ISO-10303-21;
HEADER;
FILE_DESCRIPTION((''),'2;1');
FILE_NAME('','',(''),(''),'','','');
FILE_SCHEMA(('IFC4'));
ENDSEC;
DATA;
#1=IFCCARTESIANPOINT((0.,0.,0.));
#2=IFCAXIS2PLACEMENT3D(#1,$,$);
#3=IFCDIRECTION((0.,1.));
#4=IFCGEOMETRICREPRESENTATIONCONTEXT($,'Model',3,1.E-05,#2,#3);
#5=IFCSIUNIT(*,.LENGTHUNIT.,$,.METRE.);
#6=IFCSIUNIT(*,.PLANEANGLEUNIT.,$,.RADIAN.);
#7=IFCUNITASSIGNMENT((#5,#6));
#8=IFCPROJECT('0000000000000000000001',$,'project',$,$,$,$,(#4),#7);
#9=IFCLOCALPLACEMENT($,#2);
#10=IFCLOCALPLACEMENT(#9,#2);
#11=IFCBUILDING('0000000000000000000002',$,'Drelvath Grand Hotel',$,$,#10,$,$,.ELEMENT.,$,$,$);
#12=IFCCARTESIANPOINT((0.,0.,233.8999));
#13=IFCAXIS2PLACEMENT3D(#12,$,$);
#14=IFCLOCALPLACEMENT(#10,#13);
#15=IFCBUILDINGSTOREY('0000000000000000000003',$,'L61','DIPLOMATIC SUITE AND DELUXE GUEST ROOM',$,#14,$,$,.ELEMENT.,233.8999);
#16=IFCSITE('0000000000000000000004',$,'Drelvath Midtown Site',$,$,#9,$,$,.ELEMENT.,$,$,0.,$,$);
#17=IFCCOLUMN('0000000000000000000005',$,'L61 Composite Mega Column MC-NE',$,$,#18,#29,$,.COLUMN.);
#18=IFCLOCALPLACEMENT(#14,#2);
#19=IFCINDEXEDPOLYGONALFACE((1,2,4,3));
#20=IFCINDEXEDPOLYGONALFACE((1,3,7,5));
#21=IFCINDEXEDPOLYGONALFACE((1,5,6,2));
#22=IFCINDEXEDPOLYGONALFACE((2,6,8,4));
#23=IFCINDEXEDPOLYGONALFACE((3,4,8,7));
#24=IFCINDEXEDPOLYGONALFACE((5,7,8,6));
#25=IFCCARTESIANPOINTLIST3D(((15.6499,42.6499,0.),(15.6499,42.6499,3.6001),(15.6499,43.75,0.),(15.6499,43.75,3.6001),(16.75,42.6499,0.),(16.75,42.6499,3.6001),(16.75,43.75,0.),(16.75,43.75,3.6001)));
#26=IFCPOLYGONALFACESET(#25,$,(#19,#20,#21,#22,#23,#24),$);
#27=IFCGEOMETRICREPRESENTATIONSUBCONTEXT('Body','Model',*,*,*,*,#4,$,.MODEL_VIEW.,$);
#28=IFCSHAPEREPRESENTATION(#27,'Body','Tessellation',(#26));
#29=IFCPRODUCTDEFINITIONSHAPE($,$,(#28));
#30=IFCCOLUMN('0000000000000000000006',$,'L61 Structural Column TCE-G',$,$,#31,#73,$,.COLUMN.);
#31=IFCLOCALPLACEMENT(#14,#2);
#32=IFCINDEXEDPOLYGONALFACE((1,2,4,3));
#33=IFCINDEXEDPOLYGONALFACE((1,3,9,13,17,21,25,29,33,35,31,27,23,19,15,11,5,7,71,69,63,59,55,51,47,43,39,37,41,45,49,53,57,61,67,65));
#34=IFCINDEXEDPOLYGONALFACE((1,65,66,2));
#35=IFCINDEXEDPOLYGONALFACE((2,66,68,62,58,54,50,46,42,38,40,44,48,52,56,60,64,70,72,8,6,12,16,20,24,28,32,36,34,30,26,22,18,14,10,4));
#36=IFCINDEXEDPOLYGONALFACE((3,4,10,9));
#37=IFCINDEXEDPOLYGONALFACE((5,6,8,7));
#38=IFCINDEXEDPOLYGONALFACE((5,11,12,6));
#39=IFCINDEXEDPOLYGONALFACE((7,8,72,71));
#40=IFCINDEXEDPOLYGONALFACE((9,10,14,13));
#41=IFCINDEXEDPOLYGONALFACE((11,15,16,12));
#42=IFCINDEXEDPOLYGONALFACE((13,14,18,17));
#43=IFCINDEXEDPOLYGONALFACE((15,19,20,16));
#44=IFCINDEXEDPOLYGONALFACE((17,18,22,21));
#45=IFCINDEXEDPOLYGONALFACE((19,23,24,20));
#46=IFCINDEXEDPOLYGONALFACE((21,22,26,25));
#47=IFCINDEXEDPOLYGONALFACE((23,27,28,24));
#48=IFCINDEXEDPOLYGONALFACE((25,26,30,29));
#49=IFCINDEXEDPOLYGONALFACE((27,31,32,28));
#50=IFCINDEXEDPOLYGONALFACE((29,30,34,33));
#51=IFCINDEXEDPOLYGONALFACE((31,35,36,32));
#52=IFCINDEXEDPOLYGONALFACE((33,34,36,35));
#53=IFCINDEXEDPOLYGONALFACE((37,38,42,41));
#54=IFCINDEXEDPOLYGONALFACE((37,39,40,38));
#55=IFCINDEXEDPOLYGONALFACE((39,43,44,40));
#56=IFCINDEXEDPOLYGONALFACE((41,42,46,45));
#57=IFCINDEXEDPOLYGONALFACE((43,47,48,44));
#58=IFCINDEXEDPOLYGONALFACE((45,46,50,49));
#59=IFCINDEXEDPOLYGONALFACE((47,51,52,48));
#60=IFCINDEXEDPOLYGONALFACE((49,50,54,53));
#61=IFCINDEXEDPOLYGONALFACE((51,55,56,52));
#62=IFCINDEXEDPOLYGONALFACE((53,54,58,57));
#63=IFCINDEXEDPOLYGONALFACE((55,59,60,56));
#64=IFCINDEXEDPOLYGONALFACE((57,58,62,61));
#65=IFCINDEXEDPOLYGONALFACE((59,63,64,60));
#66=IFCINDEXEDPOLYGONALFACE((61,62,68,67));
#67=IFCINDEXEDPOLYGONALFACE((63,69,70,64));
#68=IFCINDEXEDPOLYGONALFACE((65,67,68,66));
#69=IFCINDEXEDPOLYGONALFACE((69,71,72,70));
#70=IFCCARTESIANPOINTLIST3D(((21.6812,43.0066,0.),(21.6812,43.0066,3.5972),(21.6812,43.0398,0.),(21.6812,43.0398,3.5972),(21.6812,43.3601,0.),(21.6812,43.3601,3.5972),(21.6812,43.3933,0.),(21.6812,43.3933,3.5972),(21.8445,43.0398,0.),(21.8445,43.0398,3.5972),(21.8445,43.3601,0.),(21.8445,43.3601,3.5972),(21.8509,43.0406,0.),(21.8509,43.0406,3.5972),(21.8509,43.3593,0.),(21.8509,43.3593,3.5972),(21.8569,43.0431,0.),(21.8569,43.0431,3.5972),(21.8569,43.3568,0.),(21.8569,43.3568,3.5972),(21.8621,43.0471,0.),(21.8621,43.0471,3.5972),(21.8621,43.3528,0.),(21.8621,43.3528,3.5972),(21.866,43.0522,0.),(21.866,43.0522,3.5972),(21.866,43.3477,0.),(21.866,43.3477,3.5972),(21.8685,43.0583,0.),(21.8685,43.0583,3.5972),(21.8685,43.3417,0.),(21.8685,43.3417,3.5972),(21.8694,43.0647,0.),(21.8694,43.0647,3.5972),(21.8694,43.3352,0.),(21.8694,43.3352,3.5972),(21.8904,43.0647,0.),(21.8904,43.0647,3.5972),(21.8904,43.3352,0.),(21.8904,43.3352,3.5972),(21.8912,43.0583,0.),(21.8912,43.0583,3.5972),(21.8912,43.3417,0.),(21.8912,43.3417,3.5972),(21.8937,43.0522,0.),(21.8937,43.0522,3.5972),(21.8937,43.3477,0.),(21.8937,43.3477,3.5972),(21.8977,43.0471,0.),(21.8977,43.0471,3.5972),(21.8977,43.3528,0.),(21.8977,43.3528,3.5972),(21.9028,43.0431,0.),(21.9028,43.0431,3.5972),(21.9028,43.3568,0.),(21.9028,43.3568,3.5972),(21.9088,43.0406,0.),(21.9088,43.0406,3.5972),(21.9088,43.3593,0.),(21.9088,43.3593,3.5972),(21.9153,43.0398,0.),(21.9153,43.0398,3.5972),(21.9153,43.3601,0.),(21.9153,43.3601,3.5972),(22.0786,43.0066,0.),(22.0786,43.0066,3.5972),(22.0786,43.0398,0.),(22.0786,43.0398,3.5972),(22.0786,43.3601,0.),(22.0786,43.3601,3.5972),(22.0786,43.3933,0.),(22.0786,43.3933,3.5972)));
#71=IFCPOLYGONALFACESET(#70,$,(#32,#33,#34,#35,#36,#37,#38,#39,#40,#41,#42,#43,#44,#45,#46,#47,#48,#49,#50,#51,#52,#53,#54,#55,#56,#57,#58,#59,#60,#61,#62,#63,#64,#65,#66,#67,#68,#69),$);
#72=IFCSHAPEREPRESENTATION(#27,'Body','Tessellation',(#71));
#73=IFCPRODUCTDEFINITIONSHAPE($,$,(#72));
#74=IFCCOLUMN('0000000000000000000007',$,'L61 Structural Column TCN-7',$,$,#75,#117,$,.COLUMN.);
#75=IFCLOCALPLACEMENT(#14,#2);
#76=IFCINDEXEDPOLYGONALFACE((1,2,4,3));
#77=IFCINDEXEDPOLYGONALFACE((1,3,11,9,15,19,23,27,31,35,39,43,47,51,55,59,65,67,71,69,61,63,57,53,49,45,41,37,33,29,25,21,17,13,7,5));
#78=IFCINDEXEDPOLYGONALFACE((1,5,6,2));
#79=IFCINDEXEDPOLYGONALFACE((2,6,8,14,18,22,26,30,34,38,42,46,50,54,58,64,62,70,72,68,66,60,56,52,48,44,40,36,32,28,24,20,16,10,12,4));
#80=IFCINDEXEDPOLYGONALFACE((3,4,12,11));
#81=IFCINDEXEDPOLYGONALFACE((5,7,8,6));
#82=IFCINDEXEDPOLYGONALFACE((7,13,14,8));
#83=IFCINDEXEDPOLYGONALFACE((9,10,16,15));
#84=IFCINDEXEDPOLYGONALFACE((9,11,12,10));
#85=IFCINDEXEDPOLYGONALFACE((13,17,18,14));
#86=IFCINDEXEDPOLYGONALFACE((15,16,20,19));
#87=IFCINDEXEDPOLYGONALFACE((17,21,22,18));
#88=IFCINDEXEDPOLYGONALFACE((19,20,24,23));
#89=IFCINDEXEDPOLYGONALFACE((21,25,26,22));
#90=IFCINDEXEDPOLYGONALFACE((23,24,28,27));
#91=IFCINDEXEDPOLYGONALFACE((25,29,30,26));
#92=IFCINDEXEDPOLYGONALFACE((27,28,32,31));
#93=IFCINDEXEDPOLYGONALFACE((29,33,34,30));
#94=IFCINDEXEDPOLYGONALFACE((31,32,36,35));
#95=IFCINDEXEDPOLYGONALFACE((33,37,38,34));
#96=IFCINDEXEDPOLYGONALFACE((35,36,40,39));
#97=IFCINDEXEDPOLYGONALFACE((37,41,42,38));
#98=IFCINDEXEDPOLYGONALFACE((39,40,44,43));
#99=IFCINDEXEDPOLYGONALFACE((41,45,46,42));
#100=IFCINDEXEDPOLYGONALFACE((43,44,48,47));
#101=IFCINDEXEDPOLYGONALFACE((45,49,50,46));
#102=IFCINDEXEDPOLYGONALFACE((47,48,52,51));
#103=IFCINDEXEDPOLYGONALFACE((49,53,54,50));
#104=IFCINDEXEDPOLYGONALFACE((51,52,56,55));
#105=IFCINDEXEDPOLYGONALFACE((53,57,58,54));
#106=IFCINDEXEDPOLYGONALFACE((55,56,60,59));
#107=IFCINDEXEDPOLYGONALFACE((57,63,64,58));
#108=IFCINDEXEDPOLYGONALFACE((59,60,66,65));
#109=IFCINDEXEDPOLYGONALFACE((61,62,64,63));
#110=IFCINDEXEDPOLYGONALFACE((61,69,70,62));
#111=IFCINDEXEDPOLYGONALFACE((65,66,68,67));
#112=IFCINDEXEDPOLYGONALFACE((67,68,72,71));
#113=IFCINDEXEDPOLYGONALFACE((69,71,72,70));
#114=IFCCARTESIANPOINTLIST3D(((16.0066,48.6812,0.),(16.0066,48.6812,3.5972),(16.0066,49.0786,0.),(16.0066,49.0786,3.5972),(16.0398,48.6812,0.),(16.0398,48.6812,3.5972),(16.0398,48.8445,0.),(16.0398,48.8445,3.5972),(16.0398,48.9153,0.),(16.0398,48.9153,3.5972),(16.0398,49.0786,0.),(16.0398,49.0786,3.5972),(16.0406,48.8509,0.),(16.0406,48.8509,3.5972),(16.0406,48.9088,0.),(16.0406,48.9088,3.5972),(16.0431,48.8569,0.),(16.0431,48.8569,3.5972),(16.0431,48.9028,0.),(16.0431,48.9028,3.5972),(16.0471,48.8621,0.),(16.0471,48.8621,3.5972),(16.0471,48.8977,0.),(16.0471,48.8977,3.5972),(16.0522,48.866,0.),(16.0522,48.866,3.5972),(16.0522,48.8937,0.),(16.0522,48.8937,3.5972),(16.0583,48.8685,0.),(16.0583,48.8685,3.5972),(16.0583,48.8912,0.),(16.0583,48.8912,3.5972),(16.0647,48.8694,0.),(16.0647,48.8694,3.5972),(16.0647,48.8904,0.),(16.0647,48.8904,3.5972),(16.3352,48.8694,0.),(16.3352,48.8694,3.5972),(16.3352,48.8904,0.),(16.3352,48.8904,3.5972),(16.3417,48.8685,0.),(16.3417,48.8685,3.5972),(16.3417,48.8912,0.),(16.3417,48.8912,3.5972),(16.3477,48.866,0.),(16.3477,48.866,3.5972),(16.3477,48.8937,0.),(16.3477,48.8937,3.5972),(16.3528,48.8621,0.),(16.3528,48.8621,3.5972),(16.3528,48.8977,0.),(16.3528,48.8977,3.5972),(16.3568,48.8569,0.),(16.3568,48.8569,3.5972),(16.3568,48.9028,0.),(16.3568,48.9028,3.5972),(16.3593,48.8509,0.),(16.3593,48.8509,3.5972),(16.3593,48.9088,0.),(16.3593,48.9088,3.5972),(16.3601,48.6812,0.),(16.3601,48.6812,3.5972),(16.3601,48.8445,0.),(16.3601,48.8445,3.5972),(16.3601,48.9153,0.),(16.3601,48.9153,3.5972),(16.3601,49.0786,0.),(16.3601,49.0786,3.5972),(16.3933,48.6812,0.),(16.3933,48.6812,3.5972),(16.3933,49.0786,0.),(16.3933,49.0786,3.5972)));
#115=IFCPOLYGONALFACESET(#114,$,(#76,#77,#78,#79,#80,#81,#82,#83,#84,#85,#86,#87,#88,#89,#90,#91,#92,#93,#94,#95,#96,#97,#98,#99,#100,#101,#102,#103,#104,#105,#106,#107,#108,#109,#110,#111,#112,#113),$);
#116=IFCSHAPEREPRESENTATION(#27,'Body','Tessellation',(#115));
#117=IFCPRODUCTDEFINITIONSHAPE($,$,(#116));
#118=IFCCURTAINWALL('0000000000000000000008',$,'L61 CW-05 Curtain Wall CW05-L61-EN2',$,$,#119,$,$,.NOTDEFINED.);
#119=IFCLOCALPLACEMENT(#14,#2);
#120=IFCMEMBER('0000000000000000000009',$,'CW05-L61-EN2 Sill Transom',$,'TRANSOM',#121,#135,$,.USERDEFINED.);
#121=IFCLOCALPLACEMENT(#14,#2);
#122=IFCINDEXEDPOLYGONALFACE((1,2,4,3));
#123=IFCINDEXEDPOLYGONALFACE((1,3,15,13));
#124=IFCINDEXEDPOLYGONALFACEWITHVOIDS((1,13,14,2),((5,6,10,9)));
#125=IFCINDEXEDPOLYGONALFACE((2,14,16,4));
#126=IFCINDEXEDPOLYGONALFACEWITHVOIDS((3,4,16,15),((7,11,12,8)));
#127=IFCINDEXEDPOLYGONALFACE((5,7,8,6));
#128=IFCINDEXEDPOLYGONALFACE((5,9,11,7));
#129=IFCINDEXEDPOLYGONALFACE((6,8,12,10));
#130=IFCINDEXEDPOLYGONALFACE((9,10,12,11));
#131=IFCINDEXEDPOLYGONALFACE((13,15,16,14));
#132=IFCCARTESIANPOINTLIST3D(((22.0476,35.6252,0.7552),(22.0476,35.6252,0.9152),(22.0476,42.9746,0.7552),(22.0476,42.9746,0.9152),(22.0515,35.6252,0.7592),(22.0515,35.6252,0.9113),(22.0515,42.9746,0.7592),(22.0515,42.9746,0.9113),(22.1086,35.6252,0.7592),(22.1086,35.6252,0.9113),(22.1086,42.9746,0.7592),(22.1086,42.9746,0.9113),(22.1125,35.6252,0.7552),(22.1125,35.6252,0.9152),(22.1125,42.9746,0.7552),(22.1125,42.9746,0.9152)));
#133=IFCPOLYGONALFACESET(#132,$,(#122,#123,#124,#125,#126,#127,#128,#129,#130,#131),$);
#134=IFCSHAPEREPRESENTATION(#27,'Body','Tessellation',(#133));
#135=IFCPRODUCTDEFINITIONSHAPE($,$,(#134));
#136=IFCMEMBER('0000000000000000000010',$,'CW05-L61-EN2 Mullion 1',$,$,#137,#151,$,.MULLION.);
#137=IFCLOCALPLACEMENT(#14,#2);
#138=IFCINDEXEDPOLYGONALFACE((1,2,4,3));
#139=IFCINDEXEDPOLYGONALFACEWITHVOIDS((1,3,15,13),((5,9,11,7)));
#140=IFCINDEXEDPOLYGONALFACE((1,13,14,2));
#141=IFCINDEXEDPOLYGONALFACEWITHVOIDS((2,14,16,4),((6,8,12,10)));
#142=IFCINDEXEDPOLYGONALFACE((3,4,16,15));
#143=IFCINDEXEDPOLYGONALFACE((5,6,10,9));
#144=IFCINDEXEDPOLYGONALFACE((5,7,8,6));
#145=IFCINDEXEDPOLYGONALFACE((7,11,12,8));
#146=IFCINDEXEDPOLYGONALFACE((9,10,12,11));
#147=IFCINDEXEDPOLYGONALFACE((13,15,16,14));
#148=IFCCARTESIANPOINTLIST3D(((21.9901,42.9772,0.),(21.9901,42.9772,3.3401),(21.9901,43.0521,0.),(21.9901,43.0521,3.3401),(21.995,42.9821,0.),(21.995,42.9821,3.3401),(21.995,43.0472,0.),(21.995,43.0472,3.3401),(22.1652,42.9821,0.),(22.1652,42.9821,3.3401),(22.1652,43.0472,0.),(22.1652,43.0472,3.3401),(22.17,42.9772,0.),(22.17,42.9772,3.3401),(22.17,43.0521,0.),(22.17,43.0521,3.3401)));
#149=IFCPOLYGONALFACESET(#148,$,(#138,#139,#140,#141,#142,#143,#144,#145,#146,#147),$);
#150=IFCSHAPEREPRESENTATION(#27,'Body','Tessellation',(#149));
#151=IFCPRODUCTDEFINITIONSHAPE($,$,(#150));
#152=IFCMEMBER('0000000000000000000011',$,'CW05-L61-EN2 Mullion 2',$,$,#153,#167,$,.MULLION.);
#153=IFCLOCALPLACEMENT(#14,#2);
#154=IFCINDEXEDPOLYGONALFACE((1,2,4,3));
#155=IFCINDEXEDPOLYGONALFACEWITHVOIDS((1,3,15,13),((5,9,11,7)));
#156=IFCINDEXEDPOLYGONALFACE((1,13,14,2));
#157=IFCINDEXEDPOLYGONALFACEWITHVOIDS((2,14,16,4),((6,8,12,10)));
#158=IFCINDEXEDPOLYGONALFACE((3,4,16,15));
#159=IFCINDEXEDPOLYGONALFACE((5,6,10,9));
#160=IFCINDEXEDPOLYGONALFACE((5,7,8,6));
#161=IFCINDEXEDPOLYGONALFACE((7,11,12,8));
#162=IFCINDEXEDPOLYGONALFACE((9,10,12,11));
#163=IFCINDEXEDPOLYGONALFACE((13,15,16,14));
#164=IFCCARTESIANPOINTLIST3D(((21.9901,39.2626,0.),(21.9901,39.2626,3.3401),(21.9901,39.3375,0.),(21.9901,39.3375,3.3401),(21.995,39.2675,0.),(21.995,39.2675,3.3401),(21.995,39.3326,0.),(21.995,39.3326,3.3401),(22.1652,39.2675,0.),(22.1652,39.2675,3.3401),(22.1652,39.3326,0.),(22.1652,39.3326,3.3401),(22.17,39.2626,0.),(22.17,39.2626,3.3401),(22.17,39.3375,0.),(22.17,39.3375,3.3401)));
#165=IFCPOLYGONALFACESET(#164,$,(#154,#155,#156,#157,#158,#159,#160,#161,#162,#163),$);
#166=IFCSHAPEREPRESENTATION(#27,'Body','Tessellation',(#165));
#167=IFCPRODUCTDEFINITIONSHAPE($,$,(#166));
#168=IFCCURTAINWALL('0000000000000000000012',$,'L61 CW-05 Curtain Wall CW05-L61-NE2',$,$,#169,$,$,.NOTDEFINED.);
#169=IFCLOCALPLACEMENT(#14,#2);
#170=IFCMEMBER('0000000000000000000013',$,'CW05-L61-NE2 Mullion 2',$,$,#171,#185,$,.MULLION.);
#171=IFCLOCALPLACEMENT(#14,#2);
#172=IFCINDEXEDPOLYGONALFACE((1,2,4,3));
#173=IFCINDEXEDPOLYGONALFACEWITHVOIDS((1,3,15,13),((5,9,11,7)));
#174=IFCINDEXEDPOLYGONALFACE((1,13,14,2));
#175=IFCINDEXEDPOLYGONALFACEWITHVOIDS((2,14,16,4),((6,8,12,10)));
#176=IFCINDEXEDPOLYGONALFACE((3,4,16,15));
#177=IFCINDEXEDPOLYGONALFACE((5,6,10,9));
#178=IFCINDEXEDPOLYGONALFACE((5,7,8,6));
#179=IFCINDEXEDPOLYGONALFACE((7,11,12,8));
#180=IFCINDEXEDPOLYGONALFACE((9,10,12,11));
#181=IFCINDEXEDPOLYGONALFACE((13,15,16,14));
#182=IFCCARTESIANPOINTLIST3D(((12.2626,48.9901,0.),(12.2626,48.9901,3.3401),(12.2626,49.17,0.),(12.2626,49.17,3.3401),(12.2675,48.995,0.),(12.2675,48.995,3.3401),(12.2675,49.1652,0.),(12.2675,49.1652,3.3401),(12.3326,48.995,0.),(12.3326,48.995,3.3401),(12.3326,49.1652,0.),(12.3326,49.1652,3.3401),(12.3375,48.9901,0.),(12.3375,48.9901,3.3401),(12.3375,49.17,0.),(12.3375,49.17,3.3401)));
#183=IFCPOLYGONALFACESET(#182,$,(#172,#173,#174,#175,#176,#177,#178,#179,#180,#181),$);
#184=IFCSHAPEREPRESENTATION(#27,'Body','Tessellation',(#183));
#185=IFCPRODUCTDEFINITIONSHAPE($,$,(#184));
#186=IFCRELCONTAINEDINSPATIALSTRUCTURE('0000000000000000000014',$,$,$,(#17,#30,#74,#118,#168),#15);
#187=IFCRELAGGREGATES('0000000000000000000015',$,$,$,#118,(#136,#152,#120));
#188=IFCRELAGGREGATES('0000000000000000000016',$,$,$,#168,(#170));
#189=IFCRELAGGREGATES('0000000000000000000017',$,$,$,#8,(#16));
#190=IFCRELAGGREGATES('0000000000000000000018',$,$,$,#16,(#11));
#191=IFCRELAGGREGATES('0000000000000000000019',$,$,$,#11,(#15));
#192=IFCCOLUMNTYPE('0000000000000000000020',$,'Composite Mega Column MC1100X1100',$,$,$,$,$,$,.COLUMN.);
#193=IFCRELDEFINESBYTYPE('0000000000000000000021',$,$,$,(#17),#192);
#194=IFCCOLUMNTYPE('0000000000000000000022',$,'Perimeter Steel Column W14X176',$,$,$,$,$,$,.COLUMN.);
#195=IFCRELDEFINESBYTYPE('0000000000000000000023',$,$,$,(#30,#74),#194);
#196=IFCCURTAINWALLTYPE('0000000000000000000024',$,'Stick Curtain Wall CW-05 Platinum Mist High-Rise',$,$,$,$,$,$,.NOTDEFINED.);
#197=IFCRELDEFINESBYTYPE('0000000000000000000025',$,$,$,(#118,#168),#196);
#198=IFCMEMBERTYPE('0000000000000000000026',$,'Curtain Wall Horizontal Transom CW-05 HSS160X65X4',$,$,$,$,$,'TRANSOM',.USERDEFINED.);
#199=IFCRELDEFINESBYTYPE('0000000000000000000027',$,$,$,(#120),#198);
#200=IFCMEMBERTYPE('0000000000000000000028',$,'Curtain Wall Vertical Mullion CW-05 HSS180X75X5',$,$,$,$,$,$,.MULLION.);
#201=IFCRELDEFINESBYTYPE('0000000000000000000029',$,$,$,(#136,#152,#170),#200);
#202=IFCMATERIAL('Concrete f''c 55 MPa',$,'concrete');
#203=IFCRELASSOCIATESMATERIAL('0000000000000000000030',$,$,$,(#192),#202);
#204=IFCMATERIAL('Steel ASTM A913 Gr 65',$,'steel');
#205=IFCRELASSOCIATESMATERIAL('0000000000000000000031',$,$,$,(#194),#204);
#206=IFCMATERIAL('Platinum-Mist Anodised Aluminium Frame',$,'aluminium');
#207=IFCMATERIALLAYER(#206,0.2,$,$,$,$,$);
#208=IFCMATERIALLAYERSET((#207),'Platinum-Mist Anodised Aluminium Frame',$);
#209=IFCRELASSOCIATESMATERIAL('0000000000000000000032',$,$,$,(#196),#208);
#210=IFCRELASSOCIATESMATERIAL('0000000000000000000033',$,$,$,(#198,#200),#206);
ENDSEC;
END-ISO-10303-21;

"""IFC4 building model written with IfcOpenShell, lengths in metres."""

from ifc_helpers import new_model, si_unit, direction, frame, origin, origin_2d, place, context, subcontext, project, spatial, rectangle, hollow_rectangle, i_section, extrude, material, layer, layer_set, material_profile, profile_set, type_object, element, aggregate, save


model = new_model("IFC4")

# Units and contexts
model_context = context("Model", 3, precision=1e-05, world=origin(), true_north=direction((0.0, 1.0)))
body_context = subcontext(model_context, "Body", "Model", "MODEL_VIEW")
ifc_project = project(units=[si_unit("LENGTHUNIT", "METRE"), si_unit("PLANEANGLEUNIT", "RADIAN")], contexts=[model_context])

# Site, building, storey
site_placement = place(None, origin())
site = spatial("IfcSite", under=ifc_project, at=site_placement, Name="Drelvath Midtown Site", CompositionType="ELEMENT", RefElevation=0.0)
building_placement = place(site_placement, origin())
building = spatial("IfcBuilding", under=site, at=building_placement, Name="Drelvath Grand Hotel", CompositionType="ELEMENT")
storey_placement = place(building_placement, frame((0.0, 0.0, 233.8999)))
storey = spatial("IfcBuildingStorey", under=building, at=storey_placement, Name="L61", Description="DIPLOMATIC SUITE AND DELUXE GUEST ROOM", CompositionType="ELEMENT", Elevation=233.8999)

# Columns
ifc_material_1 = material(Name="Concrete f'c 55 MPa", Category="concrete")
ifc_material_profile_1 = material_profile(ifc_material_1, rectangle(XDim=1.1001, YDim=1.1001, at=origin_2d()), Name="MC1100X1100")
ifc_profile_set_1 = profile_set([ifc_material_profile_1], Name="Concrete f'c 55 MPa")
column_type_1 = type_object("IfcColumnType", Name="Composite Mega Column MC1100X1100", PredefinedType="COLUMN", material=ifc_profile_set_1)
column_placement = place(storey_placement, frame((16.2, 43.2, 0.0), z_axis=(0.0, 0.0, 1.0), x_axis=(1.0, 0.0, 0.0)))
element("IfcColumn", 1, at=column_placement, inside=storey, type_object=column_type_1, Name="L61 Composite Mega Column MC-NE", PredefinedType="COLUMN", context=body_context, shape_type="SweptSolid", body=[
    extrude(rectangle(XDim=1.1001, YDim=1.1001, at=origin_2d()), origin(), (0.0, 0.0, 1.0), 3.6001),
])
ifc_material_2 = material(Name="Steel ASTM A913 Gr 65", Category="steel")
ifc_material_profile_2 = material_profile(ifc_material_2, i_section(OverallWidth=0.3975, OverallDepth=0.3867, WebThickness=0.021, FlangeThickness=0.0332, FilletRadius=0.0249, at=origin_2d()), Name="W14X176")
ifc_profile_set_2 = profile_set([ifc_material_profile_2], Name="Steel ASTM A913 Gr 65")
column_type_2 = type_object("IfcColumnType", Name="Perimeter Steel Column W14X176", PredefinedType="COLUMN", material=ifc_profile_set_2)
for number, where, z_axis, x_axis, name in (
    (2, (21.8799, 43.2, 0.0), (0.0, 0.0, 1.0), (1.0, 0.0, 0.0), "L61 Structural Column TCE-G"),
    (3, (16.2, 48.8799, 0.0), (0.0, 0.0, 1.0), (0.0, 1.0, 0.0), "L61 Structural Column TCN-7"),
):
    element("IfcColumn", number, at=place(storey_placement, frame(where, z_axis=z_axis, x_axis=x_axis)), inside=storey, type_object=column_type_2, Name=name, PredefinedType="COLUMN", context=body_context, shape_type="SweptSolid", body=[
        extrude(i_section(OverallWidth=0.3975, OverallDepth=0.3867, WebThickness=0.021, FlangeThickness=0.0332, FilletRadius=0.0249, at=origin_2d()), origin(), (0.0, 0.0, 1.0), 3.5972),
    ])

# Curtain walls, members
ifc_material_3 = material(Name="Platinum-Mist Anodised Aluminium Frame", Category="aluminium")
ifc_layer_1 = layer(ifc_material_3, 0.2)
ifc_layer_set_1 = layer_set([ifc_layer_1], Name="Platinum-Mist Anodised Aluminium Frame")
curtain_wall_type = type_object("IfcCurtainWallType", Name="Stick Curtain Wall CW-05 Platinum Mist High-Rise", PredefinedType="NOTDEFINED", material=ifc_layer_set_1)
curtain_wall_1_placement = place(storey_placement, origin())
curtain_wall_1 = element("IfcCurtainWall", 4, at=curtain_wall_1_placement, inside=storey, type_object=curtain_wall_type, Name="L61 CW-05 Curtain Wall CW05-L61-EN2", PredefinedType="NOTDEFINED")
ifc_material_profile_3 = material_profile(ifc_material_3, hollow_rectangle(XDim=0.0649, YDim=0.1599, WallThickness=0.0039, at=origin_2d()), Name="HSS160X65X4")
ifc_profile_set_3 = profile_set([ifc_material_profile_3], Name="Platinum-Mist Anodised Aluminium Frame")
member_type_1 = type_object("IfcMemberType", Name="Curtain Wall Horizontal Transom CW-05 HSS160X65X4", ElementType="TRANSOM", PredefinedType="USERDEFINED", material=ifc_profile_set_3)
member_1_placement = place(storey_placement, frame((22.0801, 42.9746, 0.8352), z_axis=(0.0, -1.0, 0.0), x_axis=(1.0, 0.0, 0.0)))
member_1 = element("IfcMember", 5, at=member_1_placement, type_object=member_type_1, Name="CW05-L61-EN2 Sill Transom", ObjectType="TRANSOM", PredefinedType="USERDEFINED", context=body_context, shape_type="SweptSolid", body=[
    extrude(hollow_rectangle(XDim=0.0649, YDim=0.1599, WallThickness=0.0039, at=origin_2d()), origin(), (0.0, 0.0, 1.0), 7.3494),
])
ifc_material_profile_4 = material_profile(ifc_material_3, hollow_rectangle(XDim=0.075, YDim=0.1799, WallThickness=0.0049, at=origin_2d()), Name="HSS180X75X5")
ifc_profile_set_4 = profile_set([ifc_material_profile_4], Name="Platinum-Mist Anodised Aluminium Frame")
member_type_2 = type_object("IfcMemberType", Name="Curtain Wall Vertical Mullion CW-05 HSS180X75X5", PredefinedType="MULLION", material=ifc_profile_set_4)
member_2_placement = place(storey_placement, frame((22.0801, 43.0146, 0.0), z_axis=(0.0, 0.0, 1.0), x_axis=(0.0, 1.0, 0.0)))
member_2 = element("IfcMember", 6, at=member_2_placement, type_object=member_type_2, Name="CW05-L61-EN2 Mullion 1", PredefinedType="MULLION", context=body_context, shape_type="SweptSolid", body=[
    extrude(hollow_rectangle(XDim=0.075, YDim=0.1799, WallThickness=0.0049, at=origin_2d()), origin(), (0.0, 0.0, 1.0), 3.3401),
])
member_3_placement = place(storey_placement, frame((22.0801, 39.3, 0.0), z_axis=(0.0, 0.0, 1.0), x_axis=(0.0, 1.0, 0.0)))
member_3 = element("IfcMember", 7, at=member_3_placement, type_object=member_type_2, Name="CW05-L61-EN2 Mullion 2", PredefinedType="MULLION", context=body_context, shape_type="SweptSolid", body=[
    extrude(hollow_rectangle(XDim=0.075, YDim=0.1799, WallThickness=0.0049, at=origin_2d()), origin(), (0.0, 0.0, 1.0), 3.3401),
])
curtain_wall_2_placement = place(storey_placement, origin())
curtain_wall_2 = element("IfcCurtainWall", 8, at=curtain_wall_2_placement, inside=storey, type_object=curtain_wall_type, Name="L61 CW-05 Curtain Wall CW05-L61-NE2", PredefinedType="NOTDEFINED")
member_4_placement = place(storey_placement, frame((12.3, 49.0801, 0.0), z_axis=(0.0, 0.0, 1.0), x_axis=(1.0, 0.0, 0.0)))
member_4 = element("IfcMember", 9, at=member_4_placement, type_object=member_type_2, Name="CW05-L61-NE2 Mullion 2", PredefinedType="MULLION", context=body_context, shape_type="SweptSolid", body=[
    extrude(hollow_rectangle(XDim=0.075, YDim=0.1799, WallThickness=0.0049, at=origin_2d()), origin(), (0.0, 0.0, 1.0), 3.3401),
])

aggregate(curtain_wall_1, [member_2, member_3, member_1])
aggregate(curtain_wall_2, [member_4])

save(model, "model.ifc")
